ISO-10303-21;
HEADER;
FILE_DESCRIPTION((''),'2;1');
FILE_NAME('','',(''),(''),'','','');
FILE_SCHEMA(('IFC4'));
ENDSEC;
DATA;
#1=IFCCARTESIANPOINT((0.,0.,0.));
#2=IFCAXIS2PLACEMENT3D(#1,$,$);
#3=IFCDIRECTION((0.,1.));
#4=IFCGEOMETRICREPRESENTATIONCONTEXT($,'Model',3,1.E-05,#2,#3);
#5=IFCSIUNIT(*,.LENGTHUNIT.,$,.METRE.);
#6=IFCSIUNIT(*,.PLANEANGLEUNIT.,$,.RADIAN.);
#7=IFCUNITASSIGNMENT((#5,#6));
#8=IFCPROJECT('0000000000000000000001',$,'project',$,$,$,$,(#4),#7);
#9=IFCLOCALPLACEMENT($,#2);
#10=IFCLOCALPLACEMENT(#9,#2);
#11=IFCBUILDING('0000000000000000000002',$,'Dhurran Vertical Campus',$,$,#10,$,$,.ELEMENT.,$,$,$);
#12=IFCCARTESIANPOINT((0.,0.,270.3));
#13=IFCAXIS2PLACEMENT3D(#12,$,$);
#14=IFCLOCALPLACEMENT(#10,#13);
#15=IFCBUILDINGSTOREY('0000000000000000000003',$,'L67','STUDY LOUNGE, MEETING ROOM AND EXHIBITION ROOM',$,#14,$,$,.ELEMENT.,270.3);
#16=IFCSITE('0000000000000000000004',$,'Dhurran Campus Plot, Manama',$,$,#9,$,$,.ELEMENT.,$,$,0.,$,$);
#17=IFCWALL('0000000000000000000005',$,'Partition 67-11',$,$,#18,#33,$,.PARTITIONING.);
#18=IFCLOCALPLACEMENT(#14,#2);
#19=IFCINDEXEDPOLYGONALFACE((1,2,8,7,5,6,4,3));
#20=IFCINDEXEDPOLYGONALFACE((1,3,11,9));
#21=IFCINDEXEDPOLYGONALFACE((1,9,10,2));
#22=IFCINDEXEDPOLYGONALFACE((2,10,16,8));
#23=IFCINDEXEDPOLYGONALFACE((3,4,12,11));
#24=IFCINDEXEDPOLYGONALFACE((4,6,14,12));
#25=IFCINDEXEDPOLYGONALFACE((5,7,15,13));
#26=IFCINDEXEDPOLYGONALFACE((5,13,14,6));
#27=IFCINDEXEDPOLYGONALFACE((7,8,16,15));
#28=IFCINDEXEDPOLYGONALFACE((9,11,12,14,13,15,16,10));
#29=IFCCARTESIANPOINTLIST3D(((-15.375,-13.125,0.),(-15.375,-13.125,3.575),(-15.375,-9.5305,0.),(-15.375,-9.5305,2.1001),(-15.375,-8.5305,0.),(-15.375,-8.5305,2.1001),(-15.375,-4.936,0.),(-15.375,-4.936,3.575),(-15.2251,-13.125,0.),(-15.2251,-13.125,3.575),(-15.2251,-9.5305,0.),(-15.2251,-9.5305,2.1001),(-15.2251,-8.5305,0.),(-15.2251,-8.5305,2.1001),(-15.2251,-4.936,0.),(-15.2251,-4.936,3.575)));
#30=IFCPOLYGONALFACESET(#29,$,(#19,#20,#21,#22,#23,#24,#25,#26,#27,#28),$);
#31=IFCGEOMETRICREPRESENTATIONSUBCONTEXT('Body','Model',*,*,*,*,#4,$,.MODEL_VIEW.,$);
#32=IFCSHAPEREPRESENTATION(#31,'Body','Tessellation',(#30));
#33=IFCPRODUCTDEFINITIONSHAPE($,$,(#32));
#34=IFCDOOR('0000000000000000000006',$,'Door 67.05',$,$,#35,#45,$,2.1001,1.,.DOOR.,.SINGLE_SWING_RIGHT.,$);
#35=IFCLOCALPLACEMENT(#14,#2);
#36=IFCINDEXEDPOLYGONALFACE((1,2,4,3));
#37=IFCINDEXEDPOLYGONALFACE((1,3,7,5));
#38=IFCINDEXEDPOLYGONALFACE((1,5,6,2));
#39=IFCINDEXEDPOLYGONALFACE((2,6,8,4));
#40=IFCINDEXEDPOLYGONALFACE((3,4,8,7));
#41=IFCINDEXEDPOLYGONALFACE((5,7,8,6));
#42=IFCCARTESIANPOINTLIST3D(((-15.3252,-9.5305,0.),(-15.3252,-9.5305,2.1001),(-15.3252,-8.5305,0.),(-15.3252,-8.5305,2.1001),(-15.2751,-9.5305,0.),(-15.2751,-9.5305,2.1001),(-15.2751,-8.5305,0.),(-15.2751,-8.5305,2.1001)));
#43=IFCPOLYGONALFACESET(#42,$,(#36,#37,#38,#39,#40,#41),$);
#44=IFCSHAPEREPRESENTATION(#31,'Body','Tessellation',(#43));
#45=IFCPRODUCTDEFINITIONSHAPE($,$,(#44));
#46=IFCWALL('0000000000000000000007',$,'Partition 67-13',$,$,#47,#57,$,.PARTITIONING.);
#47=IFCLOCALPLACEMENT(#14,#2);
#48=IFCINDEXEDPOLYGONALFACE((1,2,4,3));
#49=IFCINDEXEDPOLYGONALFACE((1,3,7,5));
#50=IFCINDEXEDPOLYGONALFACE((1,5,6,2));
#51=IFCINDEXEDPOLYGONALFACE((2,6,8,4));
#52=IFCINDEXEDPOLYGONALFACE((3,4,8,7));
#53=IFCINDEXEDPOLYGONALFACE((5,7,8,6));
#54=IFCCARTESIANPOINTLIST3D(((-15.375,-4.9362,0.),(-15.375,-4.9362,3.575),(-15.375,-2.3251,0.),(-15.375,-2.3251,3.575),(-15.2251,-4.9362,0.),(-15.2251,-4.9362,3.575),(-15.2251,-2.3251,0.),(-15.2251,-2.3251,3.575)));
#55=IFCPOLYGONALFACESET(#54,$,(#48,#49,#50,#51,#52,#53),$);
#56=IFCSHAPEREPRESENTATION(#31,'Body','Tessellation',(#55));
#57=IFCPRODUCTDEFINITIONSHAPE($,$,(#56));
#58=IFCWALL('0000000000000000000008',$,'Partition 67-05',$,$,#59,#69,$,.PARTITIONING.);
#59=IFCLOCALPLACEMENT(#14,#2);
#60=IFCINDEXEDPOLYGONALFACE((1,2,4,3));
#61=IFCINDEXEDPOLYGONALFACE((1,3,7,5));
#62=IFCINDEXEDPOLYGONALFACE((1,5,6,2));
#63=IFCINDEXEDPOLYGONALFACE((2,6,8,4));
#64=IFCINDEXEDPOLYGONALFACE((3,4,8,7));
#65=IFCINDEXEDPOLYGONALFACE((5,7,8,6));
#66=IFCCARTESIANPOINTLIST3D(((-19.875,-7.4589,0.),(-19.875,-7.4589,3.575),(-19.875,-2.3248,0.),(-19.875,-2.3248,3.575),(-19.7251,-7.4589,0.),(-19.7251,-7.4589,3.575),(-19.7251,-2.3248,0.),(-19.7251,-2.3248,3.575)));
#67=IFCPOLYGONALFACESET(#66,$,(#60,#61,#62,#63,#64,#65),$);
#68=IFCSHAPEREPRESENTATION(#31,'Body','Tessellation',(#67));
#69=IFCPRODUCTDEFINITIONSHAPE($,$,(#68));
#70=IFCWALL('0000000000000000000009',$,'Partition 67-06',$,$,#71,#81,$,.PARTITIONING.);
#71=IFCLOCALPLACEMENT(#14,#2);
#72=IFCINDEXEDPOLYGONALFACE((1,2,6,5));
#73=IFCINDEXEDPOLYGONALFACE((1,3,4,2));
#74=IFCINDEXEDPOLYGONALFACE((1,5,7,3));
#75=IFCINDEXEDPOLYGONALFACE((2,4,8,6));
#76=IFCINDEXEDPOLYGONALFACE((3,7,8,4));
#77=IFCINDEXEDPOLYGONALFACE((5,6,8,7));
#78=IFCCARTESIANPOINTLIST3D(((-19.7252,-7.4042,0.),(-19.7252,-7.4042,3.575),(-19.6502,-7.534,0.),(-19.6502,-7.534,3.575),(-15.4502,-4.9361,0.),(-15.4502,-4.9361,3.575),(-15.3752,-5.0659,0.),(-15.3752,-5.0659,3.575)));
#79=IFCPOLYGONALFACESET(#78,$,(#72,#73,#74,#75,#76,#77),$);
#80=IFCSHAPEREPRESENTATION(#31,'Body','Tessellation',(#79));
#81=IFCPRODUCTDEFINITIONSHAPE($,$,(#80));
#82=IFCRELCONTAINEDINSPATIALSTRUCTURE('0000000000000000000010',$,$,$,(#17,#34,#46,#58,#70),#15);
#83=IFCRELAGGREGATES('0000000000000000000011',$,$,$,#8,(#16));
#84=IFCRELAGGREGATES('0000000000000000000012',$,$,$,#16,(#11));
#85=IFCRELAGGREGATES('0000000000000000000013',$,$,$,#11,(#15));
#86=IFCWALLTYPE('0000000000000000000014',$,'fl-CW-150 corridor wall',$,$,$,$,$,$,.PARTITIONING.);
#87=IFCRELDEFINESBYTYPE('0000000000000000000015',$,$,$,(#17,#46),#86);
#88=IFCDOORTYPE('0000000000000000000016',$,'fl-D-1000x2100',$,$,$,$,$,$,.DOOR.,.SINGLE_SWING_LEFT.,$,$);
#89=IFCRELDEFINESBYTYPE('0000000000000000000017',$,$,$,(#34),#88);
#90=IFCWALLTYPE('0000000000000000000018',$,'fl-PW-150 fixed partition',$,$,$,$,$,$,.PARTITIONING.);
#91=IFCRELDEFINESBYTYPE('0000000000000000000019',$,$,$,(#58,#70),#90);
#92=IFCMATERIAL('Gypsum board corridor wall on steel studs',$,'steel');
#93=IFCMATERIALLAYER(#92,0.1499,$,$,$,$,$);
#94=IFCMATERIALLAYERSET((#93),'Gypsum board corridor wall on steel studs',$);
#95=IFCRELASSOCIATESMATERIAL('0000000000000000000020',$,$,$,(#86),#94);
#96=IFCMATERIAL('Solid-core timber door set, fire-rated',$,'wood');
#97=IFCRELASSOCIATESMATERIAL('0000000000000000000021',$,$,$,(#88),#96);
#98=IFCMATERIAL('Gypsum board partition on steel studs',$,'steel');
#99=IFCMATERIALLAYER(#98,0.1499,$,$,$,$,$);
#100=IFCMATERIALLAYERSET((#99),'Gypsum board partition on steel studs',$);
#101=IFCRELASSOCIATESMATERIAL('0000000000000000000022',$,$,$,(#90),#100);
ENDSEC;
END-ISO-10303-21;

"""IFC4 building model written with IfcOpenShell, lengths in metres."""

from ifc_helpers import new_model, si_unit, direction, frame, frame_2d, origin, place, context, subcontext, project, spatial, rectangle, extrude, material, layer, layer_set, type_object, element, fill, save


model = new_model("IFC4")

# Units and contexts
model_context = context("Model", 3, precision=1e-05, world=origin(), true_north=direction((0.0, 1.0)))
body_context = subcontext(model_context, "Body", "Model", "MODEL_VIEW")
ifc_project = project(units=[si_unit("LENGTHUNIT", "METRE"), si_unit("PLANEANGLEUNIT", "RADIAN")], contexts=[model_context])

# Site, building, storey
site_placement = place(None, origin())
site = spatial("IfcSite", under=ifc_project, at=site_placement, Name="Dhurran Campus Plot, Manama", CompositionType="ELEMENT", RefElevation=0.0)
building_placement = place(site_placement, origin())
building = spatial("IfcBuilding", under=site, at=building_placement, Name="Dhurran Vertical Campus", CompositionType="ELEMENT")
storey_placement = place(building_placement, frame((0.0, 0.0, 270.3)))
storey = spatial("IfcBuildingStorey", under=building, at=storey_placement, Name="L67", Description="STUDY LOUNGE, MEETING ROOM AND EXHIBITION ROOM", CompositionType="ELEMENT", Elevation=270.3)

# Wall, opening, door
ifc_material_1 = material(Name="Gypsum board corridor wall on steel studs", Category="steel")
ifc_layer_1 = layer(ifc_material_1, 0.1499)
ifc_layer_set_1 = layer_set([ifc_layer_1], Name="Gypsum board corridor wall on steel studs")
wall_type_1 = type_object("IfcWallType", Name="fl-CW-150 corridor wall", PredefinedType="PARTITIONING", material=ifc_layer_set_1)
ifc_material_2 = material(Name="Solid-core timber door set, fire-rated", Category="wood")
door_type_1 = type_object("IfcDoorType", Name="fl-D-1000x2100", OperationType="SINGLE_SWING_LEFT", PredefinedType="DOOR", material=ifc_material_2)
wall_1_placement = place(storey_placement, frame((-15.3, -4.936, 0.0), z_axis=(0.0, 0.0, 1.0), x_axis=(0.0, -1.0, 0.0)))
wall_1 = element("IfcWall", 1, at=wall_1_placement, inside=storey, type_object=wall_type_1, Name="Partition 67-11", PredefinedType="PARTITIONING", context=body_context, shape_type="SweptSolid", body=[
    extrude(rectangle(XDim=8.189, YDim=0.1499, at=frame_2d((4.0945, 0.0))), origin(), (0.0, 0.0, 1.0), 3.575),
])
opening_1_placement = place(wall_1_placement, frame((3.5945, 0.0, 0.0)))
opening_1 = element("IfcOpeningElement", 2, at=opening_1_placement, cuts=wall_1, PredefinedType="OPENING", context=body_context, shape_type="SweptSolid", body=[
    extrude(rectangle(XDim=1.0, YDim=2.1001, at=frame_2d((0.5, 1.05))), frame((0.0, 0.085, 0.0), z_axis=(0.0, -1.0, 0.0), x_axis=(1.0, 0.0, 0.0)), (0.0, 0.0, 1.0), 0.1699),
])
door_1_placement = place(opening_1_placement, origin())
door_1 = element("IfcDoor", 3, at=door_1_placement, inside=storey, type_object=door_type_1, Name="Door 67.05", OperationType="SINGLE_SWING_RIGHT", OverallHeight=2.1001, OverallWidth=1.0, PredefinedType="DOOR", context=body_context, shape_type="SweptSolid", body=[
    extrude(rectangle(XDim=1.0, YDim=2.1001, at=frame_2d((0.5, 1.05))), frame((0.0, 0.0249, 0.0), z_axis=(0.0, -1.0, 0.0), x_axis=(1.0, 0.0, 0.0)), (0.0, 0.0, 1.0), 0.05),
])
fill(opening_1, door_1)

# Walls
wall_2_placement = place(storey_placement, frame((-15.3, -2.325, 0.0), z_axis=(0.0, 0.0, 1.0), x_axis=(0.0, -1.0, 0.0)))
element("IfcWall", 4, at=wall_2_placement, inside=storey, type_object=wall_type_1, Name="Partition 67-13", PredefinedType="PARTITIONING", context=body_context, shape_type="SweptSolid", body=[
    extrude(rectangle(XDim=2.6111, YDim=0.1499, at=frame_2d((1.3057, 0.0))), origin(), (0.0, 0.0, 1.0), 3.575),
])
ifc_material_3 = material(Name="Gypsum board partition on steel studs", Category="steel")
ifc_layer_2 = layer(ifc_material_3, 0.1499)
ifc_layer_set_2 = layer_set([ifc_layer_2], Name="Gypsum board partition on steel studs")
wall_type_2 = type_object("IfcWallType", Name="fl-PW-150 fixed partition", PredefinedType="PARTITIONING", material=ifc_layer_set_2)
wall_3_placement = place(storey_placement, frame((-19.8, -2.325, 0.0), z_axis=(0.0, 0.0, 1.0), x_axis=(0.0, -1.0, 0.0)))
element("IfcWall", 5, at=wall_3_placement, inside=storey, type_object=wall_type_2, Name="Partition 67-05", PredefinedType="PARTITIONING", context=body_context, shape_type="SweptSolid", body=[
    extrude(rectangle(XDim=5.134, YDim=0.1499, at=frame_2d((2.5669, 0.0))), origin(), (0.0, 0.0, 1.0), 3.575),
])
wall_4_placement = place(storey_placement, frame((-15.4126, -5.001, 0.0), z_axis=(0.0, 0.0, 1.0), x_axis=(-0.866034, -0.499985, 0.0)))
element("IfcWall", 6, at=wall_4_placement, inside=storey, type_object=wall_type_2, Name="Partition 67-06", PredefinedType="PARTITIONING", context=body_context, shape_type="SweptSolid", body=[
    extrude(rectangle(XDim=4.9363, YDim=0.1499, at=frame_2d((2.4683, 0.0))), origin(), (0.0, 0.0, 1.0), 3.575),
])

save(model, "model.ifc")
